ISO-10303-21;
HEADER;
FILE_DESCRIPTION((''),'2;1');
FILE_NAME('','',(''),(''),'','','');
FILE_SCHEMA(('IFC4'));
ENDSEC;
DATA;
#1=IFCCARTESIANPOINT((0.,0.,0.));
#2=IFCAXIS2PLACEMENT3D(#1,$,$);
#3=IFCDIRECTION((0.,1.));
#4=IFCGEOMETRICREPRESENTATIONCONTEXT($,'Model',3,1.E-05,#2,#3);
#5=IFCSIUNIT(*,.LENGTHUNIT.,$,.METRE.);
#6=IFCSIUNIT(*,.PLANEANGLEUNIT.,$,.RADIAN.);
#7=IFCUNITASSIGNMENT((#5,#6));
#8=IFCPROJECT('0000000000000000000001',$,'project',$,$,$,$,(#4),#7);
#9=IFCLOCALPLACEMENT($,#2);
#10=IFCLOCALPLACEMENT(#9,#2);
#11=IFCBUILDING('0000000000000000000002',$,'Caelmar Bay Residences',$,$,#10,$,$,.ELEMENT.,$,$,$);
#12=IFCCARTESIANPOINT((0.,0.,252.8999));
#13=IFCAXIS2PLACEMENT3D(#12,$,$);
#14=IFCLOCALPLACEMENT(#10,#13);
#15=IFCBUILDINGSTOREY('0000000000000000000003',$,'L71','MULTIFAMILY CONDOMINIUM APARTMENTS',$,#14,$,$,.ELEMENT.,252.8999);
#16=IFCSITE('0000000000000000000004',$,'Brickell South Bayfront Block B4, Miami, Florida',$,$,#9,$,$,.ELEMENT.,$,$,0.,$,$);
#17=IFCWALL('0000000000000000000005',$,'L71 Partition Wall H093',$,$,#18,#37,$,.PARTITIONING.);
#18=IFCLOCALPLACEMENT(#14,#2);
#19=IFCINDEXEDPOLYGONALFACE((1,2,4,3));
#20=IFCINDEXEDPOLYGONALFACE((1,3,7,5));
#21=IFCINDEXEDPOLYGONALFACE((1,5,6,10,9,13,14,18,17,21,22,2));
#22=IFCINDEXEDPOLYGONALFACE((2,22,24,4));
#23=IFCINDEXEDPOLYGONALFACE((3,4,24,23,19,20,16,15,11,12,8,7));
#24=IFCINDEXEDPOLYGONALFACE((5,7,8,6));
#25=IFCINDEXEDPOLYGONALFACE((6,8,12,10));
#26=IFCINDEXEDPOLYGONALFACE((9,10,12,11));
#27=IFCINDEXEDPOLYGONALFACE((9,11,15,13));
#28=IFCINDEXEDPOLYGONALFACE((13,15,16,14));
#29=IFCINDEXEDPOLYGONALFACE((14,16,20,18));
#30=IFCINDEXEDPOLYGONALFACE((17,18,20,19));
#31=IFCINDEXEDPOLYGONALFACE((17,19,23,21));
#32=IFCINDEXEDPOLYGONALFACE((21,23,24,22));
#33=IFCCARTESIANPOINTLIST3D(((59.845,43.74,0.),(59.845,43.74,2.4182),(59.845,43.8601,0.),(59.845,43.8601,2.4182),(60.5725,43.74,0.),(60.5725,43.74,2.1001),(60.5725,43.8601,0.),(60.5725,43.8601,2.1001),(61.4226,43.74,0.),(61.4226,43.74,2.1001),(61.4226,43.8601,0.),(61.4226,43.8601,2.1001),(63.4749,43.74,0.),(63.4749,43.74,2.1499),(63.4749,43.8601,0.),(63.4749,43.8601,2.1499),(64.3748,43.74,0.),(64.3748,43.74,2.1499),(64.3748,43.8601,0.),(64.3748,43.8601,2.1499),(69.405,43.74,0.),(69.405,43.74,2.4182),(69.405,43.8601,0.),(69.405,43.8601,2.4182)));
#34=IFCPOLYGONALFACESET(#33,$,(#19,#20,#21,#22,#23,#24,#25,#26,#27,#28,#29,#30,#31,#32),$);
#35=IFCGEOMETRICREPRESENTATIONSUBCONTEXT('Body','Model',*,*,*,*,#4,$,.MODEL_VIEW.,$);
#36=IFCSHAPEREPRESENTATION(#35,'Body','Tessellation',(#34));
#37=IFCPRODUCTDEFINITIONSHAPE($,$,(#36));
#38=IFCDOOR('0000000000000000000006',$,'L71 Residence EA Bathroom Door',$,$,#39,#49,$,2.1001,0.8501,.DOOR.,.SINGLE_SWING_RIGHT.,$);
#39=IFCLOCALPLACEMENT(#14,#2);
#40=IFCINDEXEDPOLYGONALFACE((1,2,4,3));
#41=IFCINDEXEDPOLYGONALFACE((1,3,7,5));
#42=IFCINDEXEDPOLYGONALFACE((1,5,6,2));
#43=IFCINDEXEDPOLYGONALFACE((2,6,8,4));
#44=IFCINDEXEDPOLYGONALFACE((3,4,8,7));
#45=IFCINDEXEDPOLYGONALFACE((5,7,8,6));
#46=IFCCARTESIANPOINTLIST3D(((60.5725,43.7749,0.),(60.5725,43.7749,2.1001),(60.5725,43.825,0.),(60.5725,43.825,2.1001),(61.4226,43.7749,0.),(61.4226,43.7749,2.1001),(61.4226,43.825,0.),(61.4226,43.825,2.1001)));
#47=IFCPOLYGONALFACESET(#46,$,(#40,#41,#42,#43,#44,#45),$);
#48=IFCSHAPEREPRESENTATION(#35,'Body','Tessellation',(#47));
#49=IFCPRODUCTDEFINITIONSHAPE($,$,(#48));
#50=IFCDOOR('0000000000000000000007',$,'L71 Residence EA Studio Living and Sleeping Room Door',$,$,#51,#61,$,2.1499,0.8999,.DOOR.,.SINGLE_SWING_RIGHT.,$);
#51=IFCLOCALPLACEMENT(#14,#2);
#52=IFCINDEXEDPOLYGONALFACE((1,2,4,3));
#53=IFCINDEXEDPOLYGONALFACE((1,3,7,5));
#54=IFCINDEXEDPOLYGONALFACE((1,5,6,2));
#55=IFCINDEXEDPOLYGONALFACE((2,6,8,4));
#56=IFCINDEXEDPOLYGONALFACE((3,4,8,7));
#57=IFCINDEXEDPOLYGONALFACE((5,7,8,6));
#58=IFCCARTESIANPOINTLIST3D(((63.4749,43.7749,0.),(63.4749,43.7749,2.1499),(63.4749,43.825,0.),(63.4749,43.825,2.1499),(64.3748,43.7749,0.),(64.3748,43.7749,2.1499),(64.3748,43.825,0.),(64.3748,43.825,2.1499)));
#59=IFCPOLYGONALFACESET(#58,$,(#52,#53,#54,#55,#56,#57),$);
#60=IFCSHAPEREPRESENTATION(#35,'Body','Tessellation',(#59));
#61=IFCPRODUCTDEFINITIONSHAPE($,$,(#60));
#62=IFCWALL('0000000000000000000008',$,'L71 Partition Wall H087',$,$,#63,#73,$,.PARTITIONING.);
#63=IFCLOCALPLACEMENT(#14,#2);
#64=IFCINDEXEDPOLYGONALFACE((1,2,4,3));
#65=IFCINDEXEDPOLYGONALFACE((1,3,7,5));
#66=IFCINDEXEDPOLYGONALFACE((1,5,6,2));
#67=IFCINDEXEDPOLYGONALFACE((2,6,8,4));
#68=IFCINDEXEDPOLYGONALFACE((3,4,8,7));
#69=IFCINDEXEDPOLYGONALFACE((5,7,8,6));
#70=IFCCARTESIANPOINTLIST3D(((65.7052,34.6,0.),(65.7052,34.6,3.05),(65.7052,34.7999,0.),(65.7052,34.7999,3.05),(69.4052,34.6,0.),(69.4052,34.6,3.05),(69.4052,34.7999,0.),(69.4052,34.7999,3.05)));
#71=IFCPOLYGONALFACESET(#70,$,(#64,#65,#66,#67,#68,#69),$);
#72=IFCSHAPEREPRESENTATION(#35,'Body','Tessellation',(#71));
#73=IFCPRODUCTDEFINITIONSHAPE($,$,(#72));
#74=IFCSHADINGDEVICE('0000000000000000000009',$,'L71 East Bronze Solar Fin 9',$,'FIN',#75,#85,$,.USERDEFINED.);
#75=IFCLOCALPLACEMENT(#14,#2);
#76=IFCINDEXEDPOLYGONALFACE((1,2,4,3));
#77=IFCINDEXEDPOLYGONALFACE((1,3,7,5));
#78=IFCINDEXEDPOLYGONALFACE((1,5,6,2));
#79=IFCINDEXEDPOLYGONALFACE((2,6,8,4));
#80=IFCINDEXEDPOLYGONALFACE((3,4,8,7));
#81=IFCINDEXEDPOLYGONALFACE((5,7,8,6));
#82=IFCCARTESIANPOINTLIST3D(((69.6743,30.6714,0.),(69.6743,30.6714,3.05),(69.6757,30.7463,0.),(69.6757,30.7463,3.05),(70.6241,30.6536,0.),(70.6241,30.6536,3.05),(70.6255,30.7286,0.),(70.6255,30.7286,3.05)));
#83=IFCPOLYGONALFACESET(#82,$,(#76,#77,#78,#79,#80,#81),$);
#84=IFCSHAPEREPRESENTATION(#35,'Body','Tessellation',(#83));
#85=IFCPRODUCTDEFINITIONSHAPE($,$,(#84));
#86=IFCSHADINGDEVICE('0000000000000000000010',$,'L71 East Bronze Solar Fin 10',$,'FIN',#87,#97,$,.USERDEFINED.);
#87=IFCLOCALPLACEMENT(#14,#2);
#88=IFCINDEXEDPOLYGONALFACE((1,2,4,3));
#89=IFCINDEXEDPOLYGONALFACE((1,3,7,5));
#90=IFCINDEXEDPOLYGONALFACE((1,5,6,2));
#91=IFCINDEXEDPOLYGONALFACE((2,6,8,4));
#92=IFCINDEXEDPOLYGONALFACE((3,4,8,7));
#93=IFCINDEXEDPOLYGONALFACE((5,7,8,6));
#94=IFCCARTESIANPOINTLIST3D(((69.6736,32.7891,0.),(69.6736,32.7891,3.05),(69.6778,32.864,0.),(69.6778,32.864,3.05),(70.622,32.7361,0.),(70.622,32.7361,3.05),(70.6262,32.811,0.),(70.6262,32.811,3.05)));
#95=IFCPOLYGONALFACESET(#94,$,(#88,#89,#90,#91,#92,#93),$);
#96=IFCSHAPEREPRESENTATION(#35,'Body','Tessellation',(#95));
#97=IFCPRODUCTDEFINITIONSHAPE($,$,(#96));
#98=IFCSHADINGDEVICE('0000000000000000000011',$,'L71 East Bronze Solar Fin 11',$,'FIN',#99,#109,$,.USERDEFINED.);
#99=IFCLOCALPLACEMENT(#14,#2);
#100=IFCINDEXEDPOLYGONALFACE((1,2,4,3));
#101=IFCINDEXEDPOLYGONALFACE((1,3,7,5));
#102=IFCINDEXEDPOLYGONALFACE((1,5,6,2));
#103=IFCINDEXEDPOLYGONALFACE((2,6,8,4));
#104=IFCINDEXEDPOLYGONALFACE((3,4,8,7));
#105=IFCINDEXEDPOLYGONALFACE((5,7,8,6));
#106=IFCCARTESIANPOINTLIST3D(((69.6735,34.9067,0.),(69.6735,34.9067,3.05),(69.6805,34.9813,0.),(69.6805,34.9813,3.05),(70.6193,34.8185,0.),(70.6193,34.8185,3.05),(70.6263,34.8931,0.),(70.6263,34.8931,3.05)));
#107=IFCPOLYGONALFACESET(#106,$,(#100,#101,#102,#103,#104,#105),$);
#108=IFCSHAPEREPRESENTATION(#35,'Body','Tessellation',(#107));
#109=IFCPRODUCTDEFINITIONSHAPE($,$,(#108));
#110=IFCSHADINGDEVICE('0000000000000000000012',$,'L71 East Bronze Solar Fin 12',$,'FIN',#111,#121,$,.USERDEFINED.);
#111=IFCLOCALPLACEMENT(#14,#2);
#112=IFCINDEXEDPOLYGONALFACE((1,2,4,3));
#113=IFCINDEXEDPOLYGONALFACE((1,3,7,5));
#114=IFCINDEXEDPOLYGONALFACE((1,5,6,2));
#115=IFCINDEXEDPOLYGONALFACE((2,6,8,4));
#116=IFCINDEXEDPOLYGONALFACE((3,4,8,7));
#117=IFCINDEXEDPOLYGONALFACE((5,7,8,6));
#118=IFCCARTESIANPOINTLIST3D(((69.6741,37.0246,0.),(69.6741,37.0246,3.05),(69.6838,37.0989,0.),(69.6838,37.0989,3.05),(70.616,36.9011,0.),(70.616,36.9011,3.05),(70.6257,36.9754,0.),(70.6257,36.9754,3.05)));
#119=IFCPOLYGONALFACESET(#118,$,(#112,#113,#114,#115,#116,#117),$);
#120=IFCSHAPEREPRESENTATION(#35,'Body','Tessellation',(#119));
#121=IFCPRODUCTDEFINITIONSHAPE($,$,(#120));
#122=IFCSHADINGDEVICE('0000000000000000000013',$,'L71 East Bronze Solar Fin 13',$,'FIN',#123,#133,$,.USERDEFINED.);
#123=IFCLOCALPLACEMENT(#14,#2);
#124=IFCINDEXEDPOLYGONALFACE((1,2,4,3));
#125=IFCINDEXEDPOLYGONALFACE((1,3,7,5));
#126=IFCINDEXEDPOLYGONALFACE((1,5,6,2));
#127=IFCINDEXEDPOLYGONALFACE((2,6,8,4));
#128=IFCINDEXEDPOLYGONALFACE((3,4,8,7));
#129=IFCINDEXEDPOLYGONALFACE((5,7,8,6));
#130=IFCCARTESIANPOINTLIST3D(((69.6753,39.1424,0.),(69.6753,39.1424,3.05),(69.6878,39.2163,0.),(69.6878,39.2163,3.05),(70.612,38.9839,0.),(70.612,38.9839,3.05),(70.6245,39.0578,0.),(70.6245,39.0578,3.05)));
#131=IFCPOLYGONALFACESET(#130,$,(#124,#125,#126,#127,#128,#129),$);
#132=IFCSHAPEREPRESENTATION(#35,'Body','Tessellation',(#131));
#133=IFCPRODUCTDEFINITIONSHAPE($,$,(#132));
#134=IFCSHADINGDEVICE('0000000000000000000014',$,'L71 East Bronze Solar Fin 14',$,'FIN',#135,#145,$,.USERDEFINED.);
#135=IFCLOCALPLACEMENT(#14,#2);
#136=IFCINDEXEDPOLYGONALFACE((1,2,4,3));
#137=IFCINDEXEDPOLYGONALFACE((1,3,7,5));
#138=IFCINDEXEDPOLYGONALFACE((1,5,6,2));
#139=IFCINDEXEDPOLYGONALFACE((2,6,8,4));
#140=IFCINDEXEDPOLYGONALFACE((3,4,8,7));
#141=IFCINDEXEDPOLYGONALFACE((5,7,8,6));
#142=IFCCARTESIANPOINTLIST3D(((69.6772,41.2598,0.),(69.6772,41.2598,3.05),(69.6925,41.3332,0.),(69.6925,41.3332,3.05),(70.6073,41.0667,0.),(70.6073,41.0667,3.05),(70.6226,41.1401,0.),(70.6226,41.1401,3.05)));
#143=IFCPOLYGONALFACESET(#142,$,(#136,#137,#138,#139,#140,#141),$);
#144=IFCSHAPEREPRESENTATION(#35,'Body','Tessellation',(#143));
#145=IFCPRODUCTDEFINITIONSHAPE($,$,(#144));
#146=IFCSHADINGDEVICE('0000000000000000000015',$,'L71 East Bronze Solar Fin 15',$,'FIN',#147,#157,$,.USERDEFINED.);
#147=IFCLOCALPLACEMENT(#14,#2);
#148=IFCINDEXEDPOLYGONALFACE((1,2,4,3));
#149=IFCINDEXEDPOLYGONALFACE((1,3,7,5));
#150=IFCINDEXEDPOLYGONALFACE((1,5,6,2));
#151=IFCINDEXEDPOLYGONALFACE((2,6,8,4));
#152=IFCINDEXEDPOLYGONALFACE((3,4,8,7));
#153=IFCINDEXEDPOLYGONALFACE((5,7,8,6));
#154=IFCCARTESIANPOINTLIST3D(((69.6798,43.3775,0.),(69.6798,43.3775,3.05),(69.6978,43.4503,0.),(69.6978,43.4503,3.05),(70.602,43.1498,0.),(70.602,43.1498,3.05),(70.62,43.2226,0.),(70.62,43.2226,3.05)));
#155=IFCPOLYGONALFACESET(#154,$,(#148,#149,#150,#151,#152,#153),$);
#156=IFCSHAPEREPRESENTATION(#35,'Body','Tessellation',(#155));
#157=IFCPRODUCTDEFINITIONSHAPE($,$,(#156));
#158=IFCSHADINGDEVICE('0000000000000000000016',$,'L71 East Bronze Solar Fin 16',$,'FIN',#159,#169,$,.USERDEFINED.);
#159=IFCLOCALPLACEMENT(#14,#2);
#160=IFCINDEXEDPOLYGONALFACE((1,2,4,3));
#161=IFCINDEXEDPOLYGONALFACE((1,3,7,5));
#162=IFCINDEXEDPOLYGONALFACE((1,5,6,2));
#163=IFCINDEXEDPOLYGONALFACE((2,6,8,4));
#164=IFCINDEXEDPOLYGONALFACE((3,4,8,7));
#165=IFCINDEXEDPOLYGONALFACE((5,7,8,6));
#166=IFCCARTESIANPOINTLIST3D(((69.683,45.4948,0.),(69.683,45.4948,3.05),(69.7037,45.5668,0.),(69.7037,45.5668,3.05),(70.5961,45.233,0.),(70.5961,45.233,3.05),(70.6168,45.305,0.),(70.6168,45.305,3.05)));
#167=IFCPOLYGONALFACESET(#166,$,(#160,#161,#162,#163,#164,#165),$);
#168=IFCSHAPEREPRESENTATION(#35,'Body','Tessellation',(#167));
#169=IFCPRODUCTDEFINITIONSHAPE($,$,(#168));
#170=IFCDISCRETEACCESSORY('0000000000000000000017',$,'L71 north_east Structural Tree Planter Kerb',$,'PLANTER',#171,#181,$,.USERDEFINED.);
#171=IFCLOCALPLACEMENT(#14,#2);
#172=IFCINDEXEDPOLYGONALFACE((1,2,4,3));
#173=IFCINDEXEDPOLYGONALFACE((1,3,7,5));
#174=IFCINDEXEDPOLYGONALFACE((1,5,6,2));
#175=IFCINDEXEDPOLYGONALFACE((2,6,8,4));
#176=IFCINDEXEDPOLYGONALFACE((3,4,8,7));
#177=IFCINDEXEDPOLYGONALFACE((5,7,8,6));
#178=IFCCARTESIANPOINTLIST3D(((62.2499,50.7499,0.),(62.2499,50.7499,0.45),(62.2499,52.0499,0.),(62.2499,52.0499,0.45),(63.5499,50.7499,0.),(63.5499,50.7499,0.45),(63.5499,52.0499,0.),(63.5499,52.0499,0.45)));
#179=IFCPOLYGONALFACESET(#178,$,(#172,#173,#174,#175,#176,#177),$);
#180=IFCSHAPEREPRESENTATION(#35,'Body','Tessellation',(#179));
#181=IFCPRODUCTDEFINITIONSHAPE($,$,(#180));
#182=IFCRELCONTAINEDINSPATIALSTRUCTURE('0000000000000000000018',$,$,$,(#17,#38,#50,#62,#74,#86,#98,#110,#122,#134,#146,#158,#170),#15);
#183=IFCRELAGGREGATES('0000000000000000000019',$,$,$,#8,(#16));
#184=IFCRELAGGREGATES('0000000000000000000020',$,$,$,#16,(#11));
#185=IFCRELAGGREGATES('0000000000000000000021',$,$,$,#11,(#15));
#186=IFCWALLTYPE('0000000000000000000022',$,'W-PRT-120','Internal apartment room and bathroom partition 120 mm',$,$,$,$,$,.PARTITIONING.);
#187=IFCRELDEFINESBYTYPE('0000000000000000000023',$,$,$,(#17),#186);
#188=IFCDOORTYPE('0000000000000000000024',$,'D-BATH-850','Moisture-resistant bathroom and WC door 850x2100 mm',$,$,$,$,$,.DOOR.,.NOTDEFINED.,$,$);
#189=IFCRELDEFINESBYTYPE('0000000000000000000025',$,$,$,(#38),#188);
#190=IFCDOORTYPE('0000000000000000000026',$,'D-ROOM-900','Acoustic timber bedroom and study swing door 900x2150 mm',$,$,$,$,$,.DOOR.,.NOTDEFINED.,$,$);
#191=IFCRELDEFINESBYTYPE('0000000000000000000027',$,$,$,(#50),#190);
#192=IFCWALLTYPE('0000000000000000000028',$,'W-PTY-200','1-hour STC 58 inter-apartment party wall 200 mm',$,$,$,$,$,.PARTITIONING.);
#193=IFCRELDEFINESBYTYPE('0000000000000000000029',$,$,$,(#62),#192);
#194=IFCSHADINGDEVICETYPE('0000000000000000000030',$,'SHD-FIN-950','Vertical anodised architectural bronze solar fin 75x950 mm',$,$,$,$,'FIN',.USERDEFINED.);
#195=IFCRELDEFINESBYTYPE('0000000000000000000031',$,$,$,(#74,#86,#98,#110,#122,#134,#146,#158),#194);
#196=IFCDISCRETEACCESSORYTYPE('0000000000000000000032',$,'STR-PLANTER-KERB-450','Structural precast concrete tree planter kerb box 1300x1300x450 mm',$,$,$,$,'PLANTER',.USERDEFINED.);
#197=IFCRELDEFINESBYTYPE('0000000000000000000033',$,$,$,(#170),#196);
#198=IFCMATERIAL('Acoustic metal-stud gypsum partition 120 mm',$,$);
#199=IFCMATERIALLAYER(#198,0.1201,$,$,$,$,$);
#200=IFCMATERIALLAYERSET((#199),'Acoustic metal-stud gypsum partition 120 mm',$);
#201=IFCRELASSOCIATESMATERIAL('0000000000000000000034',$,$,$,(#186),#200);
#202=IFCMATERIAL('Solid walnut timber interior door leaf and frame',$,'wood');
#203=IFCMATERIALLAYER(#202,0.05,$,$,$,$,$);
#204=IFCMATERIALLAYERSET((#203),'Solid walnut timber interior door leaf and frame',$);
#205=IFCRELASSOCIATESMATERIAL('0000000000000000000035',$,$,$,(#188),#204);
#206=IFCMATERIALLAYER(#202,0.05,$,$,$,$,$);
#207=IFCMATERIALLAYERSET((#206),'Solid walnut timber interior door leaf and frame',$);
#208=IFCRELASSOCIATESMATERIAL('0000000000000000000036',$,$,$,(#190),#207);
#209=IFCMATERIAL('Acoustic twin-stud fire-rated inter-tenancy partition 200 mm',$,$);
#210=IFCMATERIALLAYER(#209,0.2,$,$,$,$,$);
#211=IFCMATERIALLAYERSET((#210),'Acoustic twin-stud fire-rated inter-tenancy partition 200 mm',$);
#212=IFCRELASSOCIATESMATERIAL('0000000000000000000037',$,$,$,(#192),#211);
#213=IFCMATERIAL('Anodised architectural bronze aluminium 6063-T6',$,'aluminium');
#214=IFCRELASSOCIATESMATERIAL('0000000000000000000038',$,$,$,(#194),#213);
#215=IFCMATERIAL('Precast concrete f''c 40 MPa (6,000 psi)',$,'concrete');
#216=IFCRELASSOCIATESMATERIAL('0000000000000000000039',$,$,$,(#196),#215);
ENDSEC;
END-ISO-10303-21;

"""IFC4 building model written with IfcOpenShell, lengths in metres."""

from ifc_helpers import new_model, si_unit, direction, frame, frame_2d, origin, origin_2d, place, context, subcontext, project, spatial, rectangle, extrude, material, layer, layer_set, material_profile, profile_set, type_object, element, fill, save


model = new_model("IFC4")

# Units and contexts
model_context = context("Model", 3, precision=1e-05, world=origin(), true_north=direction((0.0, 1.0)))
body_context = subcontext(model_context, "Body", "Model", "MODEL_VIEW")
ifc_project = project(units=[si_unit("LENGTHUNIT", "METRE"), si_unit("PLANEANGLEUNIT", "RADIAN")], contexts=[model_context])

# Site, building, storey
site_placement = place(None, origin())
site = spatial("IfcSite", under=ifc_project, at=site_placement, Name="Brickell South Bayfront Block B4, Miami, Florida", CompositionType="ELEMENT", RefElevation=0.0)
building_placement = place(site_placement, origin())
building = spatial("IfcBuilding", under=site, at=building_placement, Name="Caelmar Bay Residences", CompositionType="ELEMENT")
storey_placement = place(building_placement, frame((0.0, 0.0, 252.8999)))
storey = spatial("IfcBuildingStorey", under=building, at=storey_placement, Name="L71", Description="MULTIFAMILY CONDOMINIUM APARTMENTS", CompositionType="ELEMENT", Elevation=252.8999)

# Shared definitions
ifc_material_1 = material(Name="Precast concrete f'c 40 MPa (6,000 psi)", Category="concrete")

# Shared definitions
ifc_material_2 = material(Name="Acoustic metal-stud gypsum partition 120 mm")
ifc_layer_1 = layer(ifc_material_2, 0.1201)
ifc_layer_set_1 = layer_set([ifc_layer_1], Name="Acoustic metal-stud gypsum partition 120 mm")
wall_type_1 = type_object("IfcWallType", Name="W-PRT-120", Description="Internal apartment room and bathroom partition 120 mm", PredefinedType="PARTITIONING", material=ifc_layer_set_1)
ifc_material_3 = material(Name="Solid walnut timber interior door leaf and frame", Category="wood")
ifc_layer_2 = layer(ifc_material_3, 0.05)
ifc_layer_set_2 = layer_set([ifc_layer_2], Name="Solid walnut timber interior door leaf and frame")
door_type_1 = type_object("IfcDoorType", Name="D-BATH-850", Description="Moisture-resistant bathroom and WC door 850x2100 mm", OperationType="NOTDEFINED", PredefinedType="DOOR", material=ifc_layer_set_2)

# Shared definitions
ifc_layer_3 = layer(ifc_material_3, 0.05)
ifc_layer_set_3 = layer_set([ifc_layer_3], Name="Solid walnut timber interior door leaf and frame")
door_type_2 = type_object("IfcDoorType", Name="D-ROOM-900", Description="Acoustic timber bedroom and study swing door 900x2150 mm", OperationType="NOTDEFINED", PredefinedType="DOOR", material=ifc_layer_set_3)

# Wall, openings, doors
wall_1_placement = place(storey_placement, frame((59.845, 43.8, 0.0), z_axis=(0.0, 0.0, 1.0), x_axis=(1.0, 0.0, 0.0)))
wall_1 = element("IfcWall", 1, at=wall_1_placement, inside=storey, type_object=wall_type_1, Name="L71 Partition Wall H093", PredefinedType="PARTITIONING", context=body_context, shape_type="SweptSolid", body=[
    extrude(rectangle(XDim=9.5601, YDim=0.1201, at=frame_2d((4.78, 0.0))), origin(), (0.0, 0.0, 1.0), 2.4182),
])
opening_1_placement = place(wall_1_placement, frame((3.6299, 0.0, 0.0)))
opening_1 = element("IfcOpeningElement", 2, at=opening_1_placement, cuts=wall_1, PredefinedType="OPENING", context=body_context, shape_type="SweptSolid", body=[
    extrude(rectangle(XDim=0.8999, YDim=2.1499, at=frame_2d((0.45, 1.075))), frame((0.0, 0.0701, 0.0), z_axis=(0.0, -1.0, 0.0), x_axis=(1.0, 0.0, 0.0)), (0.0, 0.0, 1.0), 0.1401),
])
opening_2_placement = place(wall_1_placement, frame((0.7275, 0.0, 0.0)))
opening_2 = element("IfcOpeningElement", 3, at=opening_2_placement, cuts=wall_1, PredefinedType="OPENING", context=body_context, shape_type="SweptSolid", body=[
    extrude(rectangle(XDim=0.8501, YDim=2.1001, at=frame_2d((0.425, 1.05))), frame((0.0, 0.0701, 0.0), z_axis=(0.0, -1.0, 0.0), x_axis=(1.0, 0.0, 0.0)), (0.0, 0.0, 1.0), 0.1401),
])
door_1_placement = place(opening_2_placement, origin())
door_1 = element("IfcDoor", 4, at=door_1_placement, inside=storey, type_object=door_type_1, Name="L71 Residence EA Bathroom Door", OperationType="SINGLE_SWING_RIGHT", OverallHeight=2.1001, OverallWidth=0.8501, PredefinedType="DOOR", context=body_context, shape_type="SweptSolid", body=[
    extrude(rectangle(XDim=0.8501, YDim=2.1001, at=frame_2d((0.425, 1.05))), frame((0.0, 0.0249, 0.0), z_axis=(0.0, -1.0, 0.0), x_axis=(1.0, 0.0, 0.0)), (0.0, 0.0, 1.0), 0.05),
])
fill(opening_2, door_1)
door_2_placement = place(opening_1_placement, origin())
door_2 = element("IfcDoor", 5, at=door_2_placement, inside=storey, type_object=door_type_2, Name="L71 Residence EA Studio Living and Sleeping Room Door", OperationType="SINGLE_SWING_RIGHT", OverallHeight=2.1499, OverallWidth=0.8999, PredefinedType="DOOR", context=body_context, shape_type="SweptSolid", body=[
    extrude(rectangle(XDim=0.8999, YDim=2.1499, at=frame_2d((0.45, 1.075))), frame((0.0, 0.0249, 0.0), z_axis=(0.0, -1.0, 0.0), x_axis=(1.0, 0.0, 0.0)), (0.0, 0.0, 1.0), 0.05),
])
fill(opening_1, door_2)

# Wall
ifc_material_4 = material(Name="Acoustic twin-stud fire-rated inter-tenancy partition 200 mm")
ifc_layer_4 = layer(ifc_material_4, 0.2)
ifc_layer_set_4 = layer_set([ifc_layer_4], Name="Acoustic twin-stud fire-rated inter-tenancy partition 200 mm")
wall_type_2 = type_object("IfcWallType", Name="W-PTY-200", Description="1-hour STC 58 inter-apartment party wall 200 mm", PredefinedType="PARTITIONING", material=ifc_layer_set_4)
wall_2_placement = place(storey_placement, frame((65.7051, 34.7, 0.0), z_axis=(0.0, 0.0, 1.0), x_axis=(1.0, 0.0, 0.0)))
element("IfcWall", 6, at=wall_2_placement, inside=storey, type_object=wall_type_2, Name="L71 Partition Wall H087", PredefinedType="PARTITIONING", context=body_context, shape_type="SweptSolid", body=[
    extrude(rectangle(XDim=3.7, YDim=0.2, at=frame_2d((1.8501, 0.0))), origin(), (0.0, 0.0, 1.0), 3.05),
])

# Shading devices
ifc_material_5 = material(Name="Anodised architectural bronze aluminium 6063-T6", Category="aluminium")
ifc_material_profile_1 = material_profile(ifc_material_5, rectangle(XDim=0.075, YDim=0.95, at=origin_2d()), Name="BRONZE-FIN-75X950")
ifc_profile_set_1 = profile_set([ifc_material_profile_1], Name="Anodised architectural bronze aluminium 6063-T6")
shading_device_type = type_object("IfcShadingDeviceType", Name="SHD-FIN-950", Description="Vertical anodised architectural bronze solar fin 75x950 mm", ElementType="FIN", PredefinedType="USERDEFINED", material=ifc_profile_set_1)
for number, where, z_axis, x_axis, name in (
    (7, (70.1499, 30.7, 0.0), (0.0, 0.0, 1.0), (0.018674, 0.999826, 0.0), "L71 East Bronze Solar Fin 9"),
    (8, (70.1499, 32.8, 0.0), (0.0, 0.0, 1.0), (0.055822, 0.998441, 0.0), "L71 East Bronze Solar Fin 10"),
    (9, (70.1499, 34.8999, 0.0), (0.0, 0.0, 1.0), (0.092892, 0.995676, 0.0), "L71 East Bronze Solar Fin 11"),
    (10, (70.1499, 37.0, 0.0), (0.0, 0.0, 1.0), (0.130007, 0.991513, 0.0), "L71 East Bronze Solar Fin 12"),
    (11, (70.1499, 39.1001, 0.0), (0.0, 0.0, 1.0), (0.166769, 0.985996, 0.0), "L71 East Bronze Solar Fin 13"),
    (12, (70.1499, 41.2, 0.0), (0.0, 0.0, 1.0), (0.2033, 0.979116, 0.0), "L71 East Bronze Solar Fin 14"),
    (13, (70.1499, 43.3, 0.0), (0.0, 0.0, 1.0), (0.23972, 0.970842, 0.0), "L71 East Bronze Solar Fin 15"),
    (14, (70.1499, 45.3999, 0.0), (0.0, 0.0, 1.0), (0.275637, 0.961262, 0.0), "L71 East Bronze Solar Fin 16"),
):
    element("IfcShadingDevice", number, at=place(storey_placement, frame(where, z_axis=z_axis, x_axis=x_axis)), inside=storey, type_object=shading_device_type, Name=name, ObjectType="FIN", PredefinedType="USERDEFINED", context=body_context, shape_type="SweptSolid", body=[
        extrude(rectangle(XDim=0.075, YDim=0.95, at=origin_2d()), origin(), (0.0, 0.0, 1.0), 3.05),
    ])

# Discrete accessory
discrete_accessory_type = type_object("IfcDiscreteAccessoryType", Name="STR-PLANTER-KERB-450", Description="Structural precast concrete tree planter kerb box 1300x1300x450 mm", ElementType="PLANTER", PredefinedType="USERDEFINED", material=ifc_material_1)
discrete_accessory_placement = place(storey_placement, frame((62.8999, 51.3999, 0.0), z_axis=(0.0, 0.0, 1.0), x_axis=(1.0, 0.0, 0.0)))
element("IfcDiscreteAccessory", 15, at=discrete_accessory_placement, inside=storey, type_object=discrete_accessory_type, Name="L71 north_east Structural Tree Planter Kerb", ObjectType="PLANTER", PredefinedType="USERDEFINED", context=body_context, shape_type="SweptSolid", body=[
    extrude(rectangle(XDim=1.3, YDim=1.3, at=origin_2d()), origin(), (0.0, 0.0, 1.0), 0.45),
])

save(model, "model.ifc")
